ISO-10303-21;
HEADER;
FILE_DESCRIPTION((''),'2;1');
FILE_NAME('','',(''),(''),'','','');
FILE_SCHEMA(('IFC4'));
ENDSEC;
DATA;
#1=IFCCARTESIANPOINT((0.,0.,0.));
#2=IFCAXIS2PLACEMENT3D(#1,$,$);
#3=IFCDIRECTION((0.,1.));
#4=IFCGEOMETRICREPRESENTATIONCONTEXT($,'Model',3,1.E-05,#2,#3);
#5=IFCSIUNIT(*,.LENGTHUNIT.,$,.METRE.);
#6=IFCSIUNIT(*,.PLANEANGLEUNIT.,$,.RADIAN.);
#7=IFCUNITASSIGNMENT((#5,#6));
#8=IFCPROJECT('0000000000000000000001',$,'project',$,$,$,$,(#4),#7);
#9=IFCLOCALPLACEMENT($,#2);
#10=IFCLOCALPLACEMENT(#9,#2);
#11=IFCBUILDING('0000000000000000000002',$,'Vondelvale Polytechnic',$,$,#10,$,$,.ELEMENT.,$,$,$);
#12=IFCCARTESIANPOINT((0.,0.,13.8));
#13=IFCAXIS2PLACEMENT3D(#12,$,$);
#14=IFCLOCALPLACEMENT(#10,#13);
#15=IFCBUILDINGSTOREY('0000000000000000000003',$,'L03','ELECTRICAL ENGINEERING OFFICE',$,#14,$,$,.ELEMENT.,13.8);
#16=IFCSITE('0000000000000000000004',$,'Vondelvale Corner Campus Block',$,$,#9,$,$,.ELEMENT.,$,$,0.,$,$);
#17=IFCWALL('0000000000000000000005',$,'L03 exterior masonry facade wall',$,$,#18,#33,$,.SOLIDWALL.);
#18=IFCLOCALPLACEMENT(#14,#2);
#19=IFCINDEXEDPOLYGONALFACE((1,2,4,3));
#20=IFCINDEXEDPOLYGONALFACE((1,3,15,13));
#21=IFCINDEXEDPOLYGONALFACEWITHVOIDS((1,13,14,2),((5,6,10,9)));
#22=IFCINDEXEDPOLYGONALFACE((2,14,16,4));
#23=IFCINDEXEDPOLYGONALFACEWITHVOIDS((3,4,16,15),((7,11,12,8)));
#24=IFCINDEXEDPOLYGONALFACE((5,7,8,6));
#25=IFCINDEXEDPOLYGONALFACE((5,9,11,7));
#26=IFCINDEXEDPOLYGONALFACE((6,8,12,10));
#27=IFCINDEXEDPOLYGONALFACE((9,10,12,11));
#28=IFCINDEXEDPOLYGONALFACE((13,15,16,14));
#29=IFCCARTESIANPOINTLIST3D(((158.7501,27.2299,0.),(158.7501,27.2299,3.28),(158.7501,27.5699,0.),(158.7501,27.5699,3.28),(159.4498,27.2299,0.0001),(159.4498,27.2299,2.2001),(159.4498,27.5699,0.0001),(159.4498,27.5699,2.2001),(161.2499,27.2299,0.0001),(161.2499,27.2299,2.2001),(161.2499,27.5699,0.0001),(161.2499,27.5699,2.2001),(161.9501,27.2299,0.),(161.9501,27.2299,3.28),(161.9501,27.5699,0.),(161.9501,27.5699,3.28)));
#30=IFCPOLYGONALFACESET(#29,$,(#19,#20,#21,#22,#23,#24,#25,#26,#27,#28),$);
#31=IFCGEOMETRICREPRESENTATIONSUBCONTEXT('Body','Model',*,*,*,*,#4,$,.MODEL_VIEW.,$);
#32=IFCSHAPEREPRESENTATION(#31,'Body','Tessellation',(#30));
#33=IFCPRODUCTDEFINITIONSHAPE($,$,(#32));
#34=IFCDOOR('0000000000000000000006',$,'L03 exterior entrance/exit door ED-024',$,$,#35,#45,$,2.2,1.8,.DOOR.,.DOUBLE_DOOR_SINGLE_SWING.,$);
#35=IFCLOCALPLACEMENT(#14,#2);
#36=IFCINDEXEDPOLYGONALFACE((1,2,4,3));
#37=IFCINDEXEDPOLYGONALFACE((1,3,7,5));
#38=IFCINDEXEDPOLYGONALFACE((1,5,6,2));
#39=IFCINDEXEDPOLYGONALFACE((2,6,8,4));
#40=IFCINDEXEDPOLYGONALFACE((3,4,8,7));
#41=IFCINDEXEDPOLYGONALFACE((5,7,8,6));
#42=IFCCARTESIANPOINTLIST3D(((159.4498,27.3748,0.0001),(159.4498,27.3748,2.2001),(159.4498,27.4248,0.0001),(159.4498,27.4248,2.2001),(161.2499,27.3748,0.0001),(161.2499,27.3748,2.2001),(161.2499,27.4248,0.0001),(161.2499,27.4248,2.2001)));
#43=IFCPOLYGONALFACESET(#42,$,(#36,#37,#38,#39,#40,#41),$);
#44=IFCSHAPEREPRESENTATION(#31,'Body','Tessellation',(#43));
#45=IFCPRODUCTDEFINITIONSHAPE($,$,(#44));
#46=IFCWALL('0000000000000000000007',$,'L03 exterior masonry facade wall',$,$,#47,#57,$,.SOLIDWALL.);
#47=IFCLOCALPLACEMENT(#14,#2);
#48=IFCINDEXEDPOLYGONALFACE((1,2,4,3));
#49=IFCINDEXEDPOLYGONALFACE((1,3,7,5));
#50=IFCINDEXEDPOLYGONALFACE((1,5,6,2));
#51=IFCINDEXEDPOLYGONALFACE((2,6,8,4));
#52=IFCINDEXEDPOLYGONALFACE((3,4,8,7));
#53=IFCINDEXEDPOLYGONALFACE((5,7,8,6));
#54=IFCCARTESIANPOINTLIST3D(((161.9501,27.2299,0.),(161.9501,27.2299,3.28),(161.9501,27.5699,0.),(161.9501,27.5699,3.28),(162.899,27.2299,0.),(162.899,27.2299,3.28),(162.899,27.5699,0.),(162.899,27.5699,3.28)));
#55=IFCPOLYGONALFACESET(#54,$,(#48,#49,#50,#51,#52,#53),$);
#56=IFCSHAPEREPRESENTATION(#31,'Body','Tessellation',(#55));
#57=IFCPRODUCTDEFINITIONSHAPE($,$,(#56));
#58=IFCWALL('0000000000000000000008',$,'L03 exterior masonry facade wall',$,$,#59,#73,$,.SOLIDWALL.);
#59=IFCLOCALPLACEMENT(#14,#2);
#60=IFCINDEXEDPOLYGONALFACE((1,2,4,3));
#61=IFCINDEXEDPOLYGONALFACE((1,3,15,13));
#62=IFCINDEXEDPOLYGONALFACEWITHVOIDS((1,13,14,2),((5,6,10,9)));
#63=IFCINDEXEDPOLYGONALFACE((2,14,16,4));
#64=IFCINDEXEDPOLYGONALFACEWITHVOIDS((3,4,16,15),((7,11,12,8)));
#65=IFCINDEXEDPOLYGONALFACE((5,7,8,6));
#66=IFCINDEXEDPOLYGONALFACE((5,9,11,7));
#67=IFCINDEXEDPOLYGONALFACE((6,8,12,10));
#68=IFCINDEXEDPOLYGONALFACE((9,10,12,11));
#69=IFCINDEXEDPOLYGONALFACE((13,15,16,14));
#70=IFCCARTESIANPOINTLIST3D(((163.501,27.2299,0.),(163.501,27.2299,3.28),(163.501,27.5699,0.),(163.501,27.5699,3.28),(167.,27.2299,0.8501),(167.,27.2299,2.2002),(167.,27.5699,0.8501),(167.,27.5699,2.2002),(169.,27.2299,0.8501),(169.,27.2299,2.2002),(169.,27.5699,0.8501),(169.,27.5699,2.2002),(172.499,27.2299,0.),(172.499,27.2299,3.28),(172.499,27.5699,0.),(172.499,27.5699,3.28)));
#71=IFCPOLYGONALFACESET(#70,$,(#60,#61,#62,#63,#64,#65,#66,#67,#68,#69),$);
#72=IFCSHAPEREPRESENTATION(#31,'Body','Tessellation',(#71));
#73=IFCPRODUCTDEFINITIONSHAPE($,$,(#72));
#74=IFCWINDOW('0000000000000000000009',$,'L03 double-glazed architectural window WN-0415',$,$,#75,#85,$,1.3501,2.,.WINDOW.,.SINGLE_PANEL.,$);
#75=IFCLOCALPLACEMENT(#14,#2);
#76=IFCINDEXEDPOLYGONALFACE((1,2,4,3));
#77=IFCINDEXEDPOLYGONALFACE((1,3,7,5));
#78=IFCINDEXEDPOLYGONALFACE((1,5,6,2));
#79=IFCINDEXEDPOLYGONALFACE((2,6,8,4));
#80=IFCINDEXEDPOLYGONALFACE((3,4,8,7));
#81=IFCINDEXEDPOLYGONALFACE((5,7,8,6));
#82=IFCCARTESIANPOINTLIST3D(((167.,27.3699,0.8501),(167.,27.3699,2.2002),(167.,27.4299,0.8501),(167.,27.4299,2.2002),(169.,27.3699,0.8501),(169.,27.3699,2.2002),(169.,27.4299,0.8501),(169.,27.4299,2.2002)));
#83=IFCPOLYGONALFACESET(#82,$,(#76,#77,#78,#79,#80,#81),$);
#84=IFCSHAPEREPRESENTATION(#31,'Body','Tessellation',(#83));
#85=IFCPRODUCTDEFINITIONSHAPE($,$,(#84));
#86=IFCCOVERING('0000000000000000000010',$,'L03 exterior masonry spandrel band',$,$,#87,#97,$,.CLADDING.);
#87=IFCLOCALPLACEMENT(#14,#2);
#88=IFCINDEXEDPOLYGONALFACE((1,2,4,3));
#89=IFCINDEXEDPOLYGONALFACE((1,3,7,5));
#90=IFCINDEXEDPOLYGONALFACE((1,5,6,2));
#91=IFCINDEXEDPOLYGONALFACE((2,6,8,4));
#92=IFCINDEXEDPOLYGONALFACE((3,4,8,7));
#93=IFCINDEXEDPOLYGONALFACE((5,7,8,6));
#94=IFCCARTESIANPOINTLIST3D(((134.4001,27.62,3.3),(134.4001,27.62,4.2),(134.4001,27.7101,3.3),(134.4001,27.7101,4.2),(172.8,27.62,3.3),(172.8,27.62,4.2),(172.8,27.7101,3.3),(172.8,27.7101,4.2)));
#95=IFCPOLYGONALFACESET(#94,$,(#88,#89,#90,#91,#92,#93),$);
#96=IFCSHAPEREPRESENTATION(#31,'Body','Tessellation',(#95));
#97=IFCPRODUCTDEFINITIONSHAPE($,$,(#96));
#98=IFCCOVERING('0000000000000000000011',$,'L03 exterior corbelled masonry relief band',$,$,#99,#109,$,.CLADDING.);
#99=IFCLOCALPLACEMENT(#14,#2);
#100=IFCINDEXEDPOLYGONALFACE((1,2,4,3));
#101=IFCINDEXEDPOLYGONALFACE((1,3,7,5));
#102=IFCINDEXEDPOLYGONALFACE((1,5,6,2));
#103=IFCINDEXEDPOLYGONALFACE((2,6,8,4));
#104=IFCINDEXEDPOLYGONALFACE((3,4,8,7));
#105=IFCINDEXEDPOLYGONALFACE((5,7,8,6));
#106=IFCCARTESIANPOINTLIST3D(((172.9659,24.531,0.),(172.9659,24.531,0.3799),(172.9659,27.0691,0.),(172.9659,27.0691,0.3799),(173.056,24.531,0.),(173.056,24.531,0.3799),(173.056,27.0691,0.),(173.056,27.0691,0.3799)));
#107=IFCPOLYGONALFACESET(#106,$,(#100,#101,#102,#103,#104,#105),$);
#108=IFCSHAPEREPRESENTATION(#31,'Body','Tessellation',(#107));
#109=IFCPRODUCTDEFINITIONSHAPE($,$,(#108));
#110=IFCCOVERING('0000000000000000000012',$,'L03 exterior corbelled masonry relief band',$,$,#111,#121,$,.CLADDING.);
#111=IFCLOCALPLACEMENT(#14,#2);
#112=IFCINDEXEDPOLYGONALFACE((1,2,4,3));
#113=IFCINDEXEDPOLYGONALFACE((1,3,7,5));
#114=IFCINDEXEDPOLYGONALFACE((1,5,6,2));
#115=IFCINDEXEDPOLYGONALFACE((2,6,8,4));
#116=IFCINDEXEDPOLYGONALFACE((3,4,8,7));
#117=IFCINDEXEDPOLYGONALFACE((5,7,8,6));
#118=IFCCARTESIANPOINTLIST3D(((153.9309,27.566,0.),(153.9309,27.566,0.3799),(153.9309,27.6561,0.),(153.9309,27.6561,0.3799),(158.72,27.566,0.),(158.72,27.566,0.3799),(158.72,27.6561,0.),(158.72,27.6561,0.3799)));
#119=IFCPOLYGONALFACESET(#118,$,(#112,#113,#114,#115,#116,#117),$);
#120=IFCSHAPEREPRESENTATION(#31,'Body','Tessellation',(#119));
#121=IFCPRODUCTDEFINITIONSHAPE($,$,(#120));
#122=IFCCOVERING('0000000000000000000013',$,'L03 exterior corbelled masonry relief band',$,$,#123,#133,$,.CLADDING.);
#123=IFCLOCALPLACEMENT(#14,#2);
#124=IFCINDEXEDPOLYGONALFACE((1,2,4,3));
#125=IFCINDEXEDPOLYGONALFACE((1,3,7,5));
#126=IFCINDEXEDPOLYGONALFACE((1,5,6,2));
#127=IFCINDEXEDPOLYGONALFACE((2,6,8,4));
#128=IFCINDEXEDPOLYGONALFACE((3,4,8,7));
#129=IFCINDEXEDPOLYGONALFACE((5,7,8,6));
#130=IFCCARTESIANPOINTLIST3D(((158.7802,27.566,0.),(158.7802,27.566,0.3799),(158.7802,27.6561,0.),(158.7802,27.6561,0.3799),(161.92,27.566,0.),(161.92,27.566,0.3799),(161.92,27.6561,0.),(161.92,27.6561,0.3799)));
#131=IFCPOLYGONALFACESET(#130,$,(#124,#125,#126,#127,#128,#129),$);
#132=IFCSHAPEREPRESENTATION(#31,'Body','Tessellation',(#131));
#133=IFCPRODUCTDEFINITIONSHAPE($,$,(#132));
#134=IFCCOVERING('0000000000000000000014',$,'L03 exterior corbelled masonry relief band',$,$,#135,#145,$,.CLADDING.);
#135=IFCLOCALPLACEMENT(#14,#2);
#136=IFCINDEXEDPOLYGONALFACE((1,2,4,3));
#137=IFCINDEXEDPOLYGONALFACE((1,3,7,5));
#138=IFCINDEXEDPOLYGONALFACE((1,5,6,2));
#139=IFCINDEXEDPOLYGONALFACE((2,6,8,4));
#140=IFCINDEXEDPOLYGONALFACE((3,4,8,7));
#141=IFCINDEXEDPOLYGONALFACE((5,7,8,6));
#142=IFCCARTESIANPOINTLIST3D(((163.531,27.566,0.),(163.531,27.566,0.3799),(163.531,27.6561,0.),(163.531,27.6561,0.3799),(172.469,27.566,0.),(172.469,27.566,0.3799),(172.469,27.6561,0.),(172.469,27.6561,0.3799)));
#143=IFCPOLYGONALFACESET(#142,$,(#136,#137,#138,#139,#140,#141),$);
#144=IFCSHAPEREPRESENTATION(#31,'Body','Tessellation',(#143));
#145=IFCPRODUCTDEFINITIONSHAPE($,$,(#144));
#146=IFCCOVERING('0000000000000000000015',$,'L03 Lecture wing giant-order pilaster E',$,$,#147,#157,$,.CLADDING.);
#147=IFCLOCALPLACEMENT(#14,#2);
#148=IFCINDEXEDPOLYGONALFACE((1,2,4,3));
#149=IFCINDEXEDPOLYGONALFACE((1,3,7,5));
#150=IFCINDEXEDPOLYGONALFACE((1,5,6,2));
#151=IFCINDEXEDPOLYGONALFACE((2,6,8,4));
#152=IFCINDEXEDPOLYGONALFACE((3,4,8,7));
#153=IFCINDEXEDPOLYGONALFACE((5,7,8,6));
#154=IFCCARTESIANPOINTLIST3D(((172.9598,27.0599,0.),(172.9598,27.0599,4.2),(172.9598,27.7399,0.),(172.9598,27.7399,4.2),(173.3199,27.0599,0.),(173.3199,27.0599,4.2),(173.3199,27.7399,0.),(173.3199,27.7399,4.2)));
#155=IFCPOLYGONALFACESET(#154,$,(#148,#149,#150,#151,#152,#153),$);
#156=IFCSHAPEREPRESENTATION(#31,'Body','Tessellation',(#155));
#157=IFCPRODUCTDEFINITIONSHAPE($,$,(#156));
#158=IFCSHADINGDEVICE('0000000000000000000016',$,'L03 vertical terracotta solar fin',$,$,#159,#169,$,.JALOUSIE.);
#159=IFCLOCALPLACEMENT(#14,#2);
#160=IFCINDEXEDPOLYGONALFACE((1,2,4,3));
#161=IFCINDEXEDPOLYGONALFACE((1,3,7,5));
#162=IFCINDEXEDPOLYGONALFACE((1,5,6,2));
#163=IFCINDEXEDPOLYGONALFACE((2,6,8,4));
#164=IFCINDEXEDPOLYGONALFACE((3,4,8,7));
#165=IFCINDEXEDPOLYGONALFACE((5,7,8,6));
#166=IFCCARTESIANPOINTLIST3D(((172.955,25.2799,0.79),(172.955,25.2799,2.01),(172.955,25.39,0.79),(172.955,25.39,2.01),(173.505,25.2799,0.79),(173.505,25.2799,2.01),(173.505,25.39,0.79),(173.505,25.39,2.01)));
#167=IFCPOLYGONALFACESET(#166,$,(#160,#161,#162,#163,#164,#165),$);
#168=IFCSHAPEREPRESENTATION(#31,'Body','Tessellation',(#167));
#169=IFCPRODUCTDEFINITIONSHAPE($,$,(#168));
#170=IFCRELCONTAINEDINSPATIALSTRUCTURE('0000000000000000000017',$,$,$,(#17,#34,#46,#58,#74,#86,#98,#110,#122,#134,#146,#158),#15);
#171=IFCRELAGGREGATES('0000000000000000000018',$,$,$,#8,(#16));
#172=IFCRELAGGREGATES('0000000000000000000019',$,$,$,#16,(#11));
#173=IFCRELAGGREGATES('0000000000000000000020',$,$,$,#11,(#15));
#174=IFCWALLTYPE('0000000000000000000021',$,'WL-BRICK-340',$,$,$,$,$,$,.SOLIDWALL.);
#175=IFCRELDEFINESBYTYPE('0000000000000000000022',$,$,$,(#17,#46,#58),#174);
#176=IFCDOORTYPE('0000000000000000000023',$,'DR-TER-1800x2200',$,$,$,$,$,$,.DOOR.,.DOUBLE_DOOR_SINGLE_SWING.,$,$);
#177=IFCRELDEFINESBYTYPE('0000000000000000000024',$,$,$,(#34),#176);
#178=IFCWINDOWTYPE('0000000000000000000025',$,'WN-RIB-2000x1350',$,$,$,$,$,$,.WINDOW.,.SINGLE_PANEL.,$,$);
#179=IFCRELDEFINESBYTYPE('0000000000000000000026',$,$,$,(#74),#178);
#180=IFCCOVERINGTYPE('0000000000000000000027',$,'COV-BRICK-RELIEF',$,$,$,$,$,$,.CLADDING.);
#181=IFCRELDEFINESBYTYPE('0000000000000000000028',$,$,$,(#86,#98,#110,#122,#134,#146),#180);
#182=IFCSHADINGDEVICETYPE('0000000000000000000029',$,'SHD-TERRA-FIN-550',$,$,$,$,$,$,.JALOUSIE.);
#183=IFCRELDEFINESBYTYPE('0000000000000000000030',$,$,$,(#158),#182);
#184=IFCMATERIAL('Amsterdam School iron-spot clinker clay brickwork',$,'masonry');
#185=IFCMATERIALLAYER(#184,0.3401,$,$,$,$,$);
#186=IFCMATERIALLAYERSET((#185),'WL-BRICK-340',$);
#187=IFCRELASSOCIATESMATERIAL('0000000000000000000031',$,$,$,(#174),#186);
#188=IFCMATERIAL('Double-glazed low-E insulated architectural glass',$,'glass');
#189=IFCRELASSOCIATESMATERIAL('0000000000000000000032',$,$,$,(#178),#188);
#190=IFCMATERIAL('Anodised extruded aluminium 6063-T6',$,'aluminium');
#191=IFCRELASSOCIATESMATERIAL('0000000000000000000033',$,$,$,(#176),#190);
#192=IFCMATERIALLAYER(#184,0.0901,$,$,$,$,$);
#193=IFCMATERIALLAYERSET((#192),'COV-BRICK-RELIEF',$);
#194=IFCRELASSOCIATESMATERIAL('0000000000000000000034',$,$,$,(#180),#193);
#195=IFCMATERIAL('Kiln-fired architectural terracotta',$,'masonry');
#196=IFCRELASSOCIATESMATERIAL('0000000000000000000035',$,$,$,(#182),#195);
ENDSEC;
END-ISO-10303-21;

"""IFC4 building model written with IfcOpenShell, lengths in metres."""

from ifc_helpers import new_model, si_unit, direction, frame, frame_2d, origin, origin_2d, place, context, subcontext, project, spatial, rectangle, extrude, material, layer, layer_set, type_object, element, fill, save


model = new_model("IFC4")

# Units and contexts
model_context = context("Model", 3, precision=1e-05, world=origin(), true_north=direction((0.0, 1.0)))
body_context = subcontext(model_context, "Body", "Model", "MODEL_VIEW")
ifc_project = project(units=[si_unit("LENGTHUNIT", "METRE"), si_unit("PLANEANGLEUNIT", "RADIAN")], contexts=[model_context])

# Site, building, storey
site_placement = place(None, origin())
site = spatial("IfcSite", under=ifc_project, at=site_placement, Name="Vondelvale Corner Campus Block", CompositionType="ELEMENT", RefElevation=0.0)
building_placement = place(site_placement, origin())
building = spatial("IfcBuilding", under=site, at=building_placement, Name="Vondelvale Polytechnic", CompositionType="ELEMENT")
storey_placement = place(building_placement, frame((0.0, 0.0, 13.8)))
storey = spatial("IfcBuildingStorey", under=building, at=storey_placement, Name="L03", Description="ELECTRICAL ENGINEERING OFFICE", CompositionType="ELEMENT", Elevation=13.8)

# Shared definitions
ifc_material_1 = material(Name="Amsterdam School iron-spot clinker clay brickwork", Category="masonry")
ifc_layer_1 = layer(ifc_material_1, 0.3401)
ifc_layer_set_1 = layer_set([ifc_layer_1], Name="WL-BRICK-340")
wall_type = type_object("IfcWallType", Name="WL-BRICK-340", PredefinedType="SOLIDWALL", material=ifc_layer_set_1)
ifc_material_2 = material(Name="Double-glazed low-E insulated architectural glass", Category="glass")
window_type_1 = type_object("IfcWindowType", Name="WN-RIB-2000x1350", PartitioningType="SINGLE_PANEL", PredefinedType="WINDOW", material=ifc_material_2)

# Wall, opening, door
wall_1_placement = place(storey_placement, frame((158.75, 27.3999, 0.0), z_axis=(0.0, 0.0, 1.0), x_axis=(1.0, 0.0, 0.0)))
wall_1 = element("IfcWall", 1, at=wall_1_placement, inside=storey, type_object=wall_type, Name="L03 exterior masonry facade wall", PredefinedType="SOLIDWALL", context=body_context, shape_type="SweptSolid", body=[
    extrude(rectangle(XDim=3.2, YDim=0.3401, at=frame_2d((1.6001, 0.0))), origin(), (0.0, 0.0, 1.0), 3.28),
])
opening_1_placement = place(wall_1_placement, frame((0.7, 0.0, 0.0)))
opening_1 = element("IfcOpeningElement", 2, at=opening_1_placement, cuts=wall_1, PredefinedType="OPENING", context=body_context, shape_type="SweptSolid", body=[
    extrude(rectangle(XDim=1.8, YDim=2.2, at=frame_2d((0.8999, 1.1001))), frame((0.0, 0.1799, 0.0), z_axis=(0.0, -1.0, 0.0), x_axis=(1.0, 0.0, 0.0)), (0.0, 0.0, 1.0), 0.3601),
])
ifc_material_3 = material(Name="Anodised extruded aluminium 6063-T6", Category="aluminium")
door_type = type_object("IfcDoorType", Name="DR-TER-1800x2200", OperationType="DOUBLE_DOOR_SINGLE_SWING", PredefinedType="DOOR", material=ifc_material_3)
door_placement = place(opening_1_placement, origin())
door = element("IfcDoor", 3, at=door_placement, inside=storey, type_object=door_type, Name="L03 exterior entrance/exit door ED-024", OperationType="DOUBLE_DOOR_SINGLE_SWING", OverallHeight=2.2, OverallWidth=1.8, PredefinedType="DOOR", context=body_context, shape_type="SweptSolid", body=[
    extrude(rectangle(XDim=1.8, YDim=2.2, at=frame_2d((0.8999, 1.1001))), frame((0.0, 0.0249, 0.0), z_axis=(0.0, -1.0, 0.0), x_axis=(1.0, 0.0, 0.0)), (0.0, 0.0, 1.0), 0.05),
])
fill(opening_1, door)

# Wall
wall_2_placement = place(storey_placement, frame((161.95, 27.3999, 0.0), z_axis=(0.0, 0.0, 1.0), x_axis=(1.0, 0.0, 0.0)))
element("IfcWall", 4, at=wall_2_placement, inside=storey, type_object=wall_type, Name="L03 exterior masonry facade wall", PredefinedType="SOLIDWALL", context=body_context, shape_type="SweptSolid", body=[
    extrude(rectangle(XDim=0.949, YDim=0.3401, at=frame_2d((0.4746, 0.0))), origin(), (0.0, 0.0, 1.0), 3.28),
])

# Wall, opening, window
wall_3_placement = place(storey_placement, frame((163.501, 27.3999, 0.0), z_axis=(0.0, 0.0, 1.0), x_axis=(1.0, 0.0, 0.0)))
wall_3 = element("IfcWall", 5, at=wall_3_placement, inside=storey, type_object=wall_type, Name="L03 exterior masonry facade wall", PredefinedType="SOLIDWALL", context=body_context, shape_type="SweptSolid", body=[
    extrude(rectangle(XDim=8.998, YDim=0.3401, at=frame_2d((4.499, 0.0))), origin(), (0.0, 0.0, 1.0), 3.28),
])
opening_2_placement = place(wall_3_placement, frame((3.499, 0.0, 0.8501)))
opening_2 = element("IfcOpeningElement", 6, at=opening_2_placement, cuts=wall_3, PredefinedType="OPENING", context=body_context, shape_type="SweptSolid", body=[
    extrude(rectangle(XDim=2.0, YDim=1.3501, at=frame_2d((1.0, 0.675))), frame((0.0, 0.1799, 0.0), z_axis=(0.0, -1.0, 0.0), x_axis=(1.0, 0.0, 0.0)), (0.0, 0.0, 1.0), 0.3601),
])
window_1_placement = place(opening_2_placement, origin())
window_1 = element("IfcWindow", 7, at=window_1_placement, inside=storey, type_object=window_type_1, Name="L03 double-glazed architectural window WN-0415", OverallHeight=1.3501, OverallWidth=2.0, PartitioningType="SINGLE_PANEL", PredefinedType="WINDOW", context=body_context, shape_type="SweptSolid", body=[
    extrude(rectangle(XDim=2.0, YDim=1.3501, at=frame_2d((1.0, 0.675))), frame((0.0, 0.03, 0.0), z_axis=(0.0, -1.0, 0.0), x_axis=(1.0, 0.0, 0.0)), (0.0, 0.0, 1.0), 0.0601),
])
fill(opening_2, window_1)

# Coverings
ifc_layer_2 = layer(ifc_material_1, 0.0901)
ifc_layer_set_2 = layer_set([ifc_layer_2], Name="COV-BRICK-RELIEF")
covering_type = type_object("IfcCoveringType", Name="COV-BRICK-RELIEF", PredefinedType="CLADDING", material=ifc_layer_set_2)
covering_1_placement = place(storey_placement, frame((153.6001, 27.665, 3.3), z_axis=(0.0, 0.0, 1.0), x_axis=(1.0, 0.0, 0.0)))
element("IfcCovering", 8, at=covering_1_placement, inside=storey, type_object=covering_type, Name="L03 exterior masonry spandrel band", PredefinedType="CLADDING", context=body_context, shape_type="SweptSolid", body=[
    extrude(rectangle(XDim=38.3999, YDim=0.0901, at=origin_2d()), origin(), (0.0, 0.0, 1.0), 0.8999),
])
covering_2_placement = place(storey_placement, frame((173.011, 25.8, 0.0), z_axis=(0.0, 0.0, 1.0), x_axis=(0.0, -1.0, 0.0)))
element("IfcCovering", 9, at=covering_2_placement, inside=storey, type_object=covering_type, Name="L03 exterior corbelled masonry relief band", PredefinedType="CLADDING", context=body_context, shape_type="SweptSolid", body=[
    extrude(rectangle(XDim=2.5381, YDim=0.0901, at=origin_2d()), origin(), (0.0, 0.0, 1.0), 0.3799),
])
covering_3_placement = place(storey_placement, frame((156.3254, 27.6111, 0.0), z_axis=(0.0, 0.0, 1.0), x_axis=(1.0, 0.0, 0.0)))
element("IfcCovering", 10, at=covering_3_placement, inside=storey, type_object=covering_type, Name="L03 exterior corbelled masonry relief band", PredefinedType="CLADDING", context=body_context, shape_type="SweptSolid", body=[
    extrude(rectangle(XDim=4.7891, YDim=0.0901, at=origin_2d()), origin(), (0.0, 0.0, 1.0), 0.3799),
])
covering_4_placement = place(storey_placement, frame((160.3501, 27.6111, 0.0), z_axis=(0.0, 0.0, 1.0), x_axis=(1.0, 0.0, 0.0)))
element("IfcCovering", 11, at=covering_4_placement, inside=storey, type_object=covering_type, Name="L03 exterior corbelled masonry relief band", PredefinedType="CLADDING", context=body_context, shape_type="SweptSolid", body=[
    extrude(rectangle(XDim=3.1399, YDim=0.0901, at=origin_2d()), origin(), (0.0, 0.0, 1.0), 0.3799),
])
covering_5_placement = place(storey_placement, frame((168.0, 27.6111, 0.0), z_axis=(0.0, 0.0, 1.0), x_axis=(1.0, 0.0, 0.0)))
element("IfcCovering", 12, at=covering_5_placement, inside=storey, type_object=covering_type, Name="L03 exterior corbelled masonry relief band", PredefinedType="CLADDING", context=body_context, shape_type="SweptSolid", body=[
    extrude(rectangle(XDim=8.938, YDim=0.0901, at=origin_2d()), origin(), (0.0, 0.0, 1.0), 0.3799),
])
covering_6_placement = place(storey_placement, frame((173.1399, 27.3999, 0.0), z_axis=(0.0, 0.0, 1.0), x_axis=(1.0, 0.0, 0.0)))
element("IfcCovering", 13, at=covering_6_placement, inside=storey, type_object=covering_type, Name="L03 Lecture wing giant-order pilaster E", PredefinedType="CLADDING", context=body_context, shape_type="SweptSolid", body=[
    extrude(rectangle(XDim=0.3601, YDim=0.6799, at=origin_2d()), origin(), (0.0, 0.0, 1.0), 4.2),
])

# Shading device
ifc_material_4 = material(Name="Kiln-fired architectural terracotta", Category="masonry")
shading_device_type = type_object("IfcShadingDeviceType", Name="SHD-TERRA-FIN-550", PredefinedType="JALOUSIE", material=ifc_material_4)
shading_device_placement = place(storey_placement, frame((173.23, 25.335, 0.79), z_axis=(0.0, 0.0, 1.0), x_axis=(0.0, -1.0, 0.0)))
element("IfcShadingDevice", 14, at=shading_device_placement, inside=storey, type_object=shading_device_type, Name="L03 vertical terracotta solar fin", PredefinedType="JALOUSIE", context=body_context, shape_type="SweptSolid", body=[
    extrude(rectangle(XDim=0.1101, YDim=0.55, at=origin_2d()), origin(), (0.0, 0.0, 1.0), 1.22),
])

save(model, "model.ifc")
